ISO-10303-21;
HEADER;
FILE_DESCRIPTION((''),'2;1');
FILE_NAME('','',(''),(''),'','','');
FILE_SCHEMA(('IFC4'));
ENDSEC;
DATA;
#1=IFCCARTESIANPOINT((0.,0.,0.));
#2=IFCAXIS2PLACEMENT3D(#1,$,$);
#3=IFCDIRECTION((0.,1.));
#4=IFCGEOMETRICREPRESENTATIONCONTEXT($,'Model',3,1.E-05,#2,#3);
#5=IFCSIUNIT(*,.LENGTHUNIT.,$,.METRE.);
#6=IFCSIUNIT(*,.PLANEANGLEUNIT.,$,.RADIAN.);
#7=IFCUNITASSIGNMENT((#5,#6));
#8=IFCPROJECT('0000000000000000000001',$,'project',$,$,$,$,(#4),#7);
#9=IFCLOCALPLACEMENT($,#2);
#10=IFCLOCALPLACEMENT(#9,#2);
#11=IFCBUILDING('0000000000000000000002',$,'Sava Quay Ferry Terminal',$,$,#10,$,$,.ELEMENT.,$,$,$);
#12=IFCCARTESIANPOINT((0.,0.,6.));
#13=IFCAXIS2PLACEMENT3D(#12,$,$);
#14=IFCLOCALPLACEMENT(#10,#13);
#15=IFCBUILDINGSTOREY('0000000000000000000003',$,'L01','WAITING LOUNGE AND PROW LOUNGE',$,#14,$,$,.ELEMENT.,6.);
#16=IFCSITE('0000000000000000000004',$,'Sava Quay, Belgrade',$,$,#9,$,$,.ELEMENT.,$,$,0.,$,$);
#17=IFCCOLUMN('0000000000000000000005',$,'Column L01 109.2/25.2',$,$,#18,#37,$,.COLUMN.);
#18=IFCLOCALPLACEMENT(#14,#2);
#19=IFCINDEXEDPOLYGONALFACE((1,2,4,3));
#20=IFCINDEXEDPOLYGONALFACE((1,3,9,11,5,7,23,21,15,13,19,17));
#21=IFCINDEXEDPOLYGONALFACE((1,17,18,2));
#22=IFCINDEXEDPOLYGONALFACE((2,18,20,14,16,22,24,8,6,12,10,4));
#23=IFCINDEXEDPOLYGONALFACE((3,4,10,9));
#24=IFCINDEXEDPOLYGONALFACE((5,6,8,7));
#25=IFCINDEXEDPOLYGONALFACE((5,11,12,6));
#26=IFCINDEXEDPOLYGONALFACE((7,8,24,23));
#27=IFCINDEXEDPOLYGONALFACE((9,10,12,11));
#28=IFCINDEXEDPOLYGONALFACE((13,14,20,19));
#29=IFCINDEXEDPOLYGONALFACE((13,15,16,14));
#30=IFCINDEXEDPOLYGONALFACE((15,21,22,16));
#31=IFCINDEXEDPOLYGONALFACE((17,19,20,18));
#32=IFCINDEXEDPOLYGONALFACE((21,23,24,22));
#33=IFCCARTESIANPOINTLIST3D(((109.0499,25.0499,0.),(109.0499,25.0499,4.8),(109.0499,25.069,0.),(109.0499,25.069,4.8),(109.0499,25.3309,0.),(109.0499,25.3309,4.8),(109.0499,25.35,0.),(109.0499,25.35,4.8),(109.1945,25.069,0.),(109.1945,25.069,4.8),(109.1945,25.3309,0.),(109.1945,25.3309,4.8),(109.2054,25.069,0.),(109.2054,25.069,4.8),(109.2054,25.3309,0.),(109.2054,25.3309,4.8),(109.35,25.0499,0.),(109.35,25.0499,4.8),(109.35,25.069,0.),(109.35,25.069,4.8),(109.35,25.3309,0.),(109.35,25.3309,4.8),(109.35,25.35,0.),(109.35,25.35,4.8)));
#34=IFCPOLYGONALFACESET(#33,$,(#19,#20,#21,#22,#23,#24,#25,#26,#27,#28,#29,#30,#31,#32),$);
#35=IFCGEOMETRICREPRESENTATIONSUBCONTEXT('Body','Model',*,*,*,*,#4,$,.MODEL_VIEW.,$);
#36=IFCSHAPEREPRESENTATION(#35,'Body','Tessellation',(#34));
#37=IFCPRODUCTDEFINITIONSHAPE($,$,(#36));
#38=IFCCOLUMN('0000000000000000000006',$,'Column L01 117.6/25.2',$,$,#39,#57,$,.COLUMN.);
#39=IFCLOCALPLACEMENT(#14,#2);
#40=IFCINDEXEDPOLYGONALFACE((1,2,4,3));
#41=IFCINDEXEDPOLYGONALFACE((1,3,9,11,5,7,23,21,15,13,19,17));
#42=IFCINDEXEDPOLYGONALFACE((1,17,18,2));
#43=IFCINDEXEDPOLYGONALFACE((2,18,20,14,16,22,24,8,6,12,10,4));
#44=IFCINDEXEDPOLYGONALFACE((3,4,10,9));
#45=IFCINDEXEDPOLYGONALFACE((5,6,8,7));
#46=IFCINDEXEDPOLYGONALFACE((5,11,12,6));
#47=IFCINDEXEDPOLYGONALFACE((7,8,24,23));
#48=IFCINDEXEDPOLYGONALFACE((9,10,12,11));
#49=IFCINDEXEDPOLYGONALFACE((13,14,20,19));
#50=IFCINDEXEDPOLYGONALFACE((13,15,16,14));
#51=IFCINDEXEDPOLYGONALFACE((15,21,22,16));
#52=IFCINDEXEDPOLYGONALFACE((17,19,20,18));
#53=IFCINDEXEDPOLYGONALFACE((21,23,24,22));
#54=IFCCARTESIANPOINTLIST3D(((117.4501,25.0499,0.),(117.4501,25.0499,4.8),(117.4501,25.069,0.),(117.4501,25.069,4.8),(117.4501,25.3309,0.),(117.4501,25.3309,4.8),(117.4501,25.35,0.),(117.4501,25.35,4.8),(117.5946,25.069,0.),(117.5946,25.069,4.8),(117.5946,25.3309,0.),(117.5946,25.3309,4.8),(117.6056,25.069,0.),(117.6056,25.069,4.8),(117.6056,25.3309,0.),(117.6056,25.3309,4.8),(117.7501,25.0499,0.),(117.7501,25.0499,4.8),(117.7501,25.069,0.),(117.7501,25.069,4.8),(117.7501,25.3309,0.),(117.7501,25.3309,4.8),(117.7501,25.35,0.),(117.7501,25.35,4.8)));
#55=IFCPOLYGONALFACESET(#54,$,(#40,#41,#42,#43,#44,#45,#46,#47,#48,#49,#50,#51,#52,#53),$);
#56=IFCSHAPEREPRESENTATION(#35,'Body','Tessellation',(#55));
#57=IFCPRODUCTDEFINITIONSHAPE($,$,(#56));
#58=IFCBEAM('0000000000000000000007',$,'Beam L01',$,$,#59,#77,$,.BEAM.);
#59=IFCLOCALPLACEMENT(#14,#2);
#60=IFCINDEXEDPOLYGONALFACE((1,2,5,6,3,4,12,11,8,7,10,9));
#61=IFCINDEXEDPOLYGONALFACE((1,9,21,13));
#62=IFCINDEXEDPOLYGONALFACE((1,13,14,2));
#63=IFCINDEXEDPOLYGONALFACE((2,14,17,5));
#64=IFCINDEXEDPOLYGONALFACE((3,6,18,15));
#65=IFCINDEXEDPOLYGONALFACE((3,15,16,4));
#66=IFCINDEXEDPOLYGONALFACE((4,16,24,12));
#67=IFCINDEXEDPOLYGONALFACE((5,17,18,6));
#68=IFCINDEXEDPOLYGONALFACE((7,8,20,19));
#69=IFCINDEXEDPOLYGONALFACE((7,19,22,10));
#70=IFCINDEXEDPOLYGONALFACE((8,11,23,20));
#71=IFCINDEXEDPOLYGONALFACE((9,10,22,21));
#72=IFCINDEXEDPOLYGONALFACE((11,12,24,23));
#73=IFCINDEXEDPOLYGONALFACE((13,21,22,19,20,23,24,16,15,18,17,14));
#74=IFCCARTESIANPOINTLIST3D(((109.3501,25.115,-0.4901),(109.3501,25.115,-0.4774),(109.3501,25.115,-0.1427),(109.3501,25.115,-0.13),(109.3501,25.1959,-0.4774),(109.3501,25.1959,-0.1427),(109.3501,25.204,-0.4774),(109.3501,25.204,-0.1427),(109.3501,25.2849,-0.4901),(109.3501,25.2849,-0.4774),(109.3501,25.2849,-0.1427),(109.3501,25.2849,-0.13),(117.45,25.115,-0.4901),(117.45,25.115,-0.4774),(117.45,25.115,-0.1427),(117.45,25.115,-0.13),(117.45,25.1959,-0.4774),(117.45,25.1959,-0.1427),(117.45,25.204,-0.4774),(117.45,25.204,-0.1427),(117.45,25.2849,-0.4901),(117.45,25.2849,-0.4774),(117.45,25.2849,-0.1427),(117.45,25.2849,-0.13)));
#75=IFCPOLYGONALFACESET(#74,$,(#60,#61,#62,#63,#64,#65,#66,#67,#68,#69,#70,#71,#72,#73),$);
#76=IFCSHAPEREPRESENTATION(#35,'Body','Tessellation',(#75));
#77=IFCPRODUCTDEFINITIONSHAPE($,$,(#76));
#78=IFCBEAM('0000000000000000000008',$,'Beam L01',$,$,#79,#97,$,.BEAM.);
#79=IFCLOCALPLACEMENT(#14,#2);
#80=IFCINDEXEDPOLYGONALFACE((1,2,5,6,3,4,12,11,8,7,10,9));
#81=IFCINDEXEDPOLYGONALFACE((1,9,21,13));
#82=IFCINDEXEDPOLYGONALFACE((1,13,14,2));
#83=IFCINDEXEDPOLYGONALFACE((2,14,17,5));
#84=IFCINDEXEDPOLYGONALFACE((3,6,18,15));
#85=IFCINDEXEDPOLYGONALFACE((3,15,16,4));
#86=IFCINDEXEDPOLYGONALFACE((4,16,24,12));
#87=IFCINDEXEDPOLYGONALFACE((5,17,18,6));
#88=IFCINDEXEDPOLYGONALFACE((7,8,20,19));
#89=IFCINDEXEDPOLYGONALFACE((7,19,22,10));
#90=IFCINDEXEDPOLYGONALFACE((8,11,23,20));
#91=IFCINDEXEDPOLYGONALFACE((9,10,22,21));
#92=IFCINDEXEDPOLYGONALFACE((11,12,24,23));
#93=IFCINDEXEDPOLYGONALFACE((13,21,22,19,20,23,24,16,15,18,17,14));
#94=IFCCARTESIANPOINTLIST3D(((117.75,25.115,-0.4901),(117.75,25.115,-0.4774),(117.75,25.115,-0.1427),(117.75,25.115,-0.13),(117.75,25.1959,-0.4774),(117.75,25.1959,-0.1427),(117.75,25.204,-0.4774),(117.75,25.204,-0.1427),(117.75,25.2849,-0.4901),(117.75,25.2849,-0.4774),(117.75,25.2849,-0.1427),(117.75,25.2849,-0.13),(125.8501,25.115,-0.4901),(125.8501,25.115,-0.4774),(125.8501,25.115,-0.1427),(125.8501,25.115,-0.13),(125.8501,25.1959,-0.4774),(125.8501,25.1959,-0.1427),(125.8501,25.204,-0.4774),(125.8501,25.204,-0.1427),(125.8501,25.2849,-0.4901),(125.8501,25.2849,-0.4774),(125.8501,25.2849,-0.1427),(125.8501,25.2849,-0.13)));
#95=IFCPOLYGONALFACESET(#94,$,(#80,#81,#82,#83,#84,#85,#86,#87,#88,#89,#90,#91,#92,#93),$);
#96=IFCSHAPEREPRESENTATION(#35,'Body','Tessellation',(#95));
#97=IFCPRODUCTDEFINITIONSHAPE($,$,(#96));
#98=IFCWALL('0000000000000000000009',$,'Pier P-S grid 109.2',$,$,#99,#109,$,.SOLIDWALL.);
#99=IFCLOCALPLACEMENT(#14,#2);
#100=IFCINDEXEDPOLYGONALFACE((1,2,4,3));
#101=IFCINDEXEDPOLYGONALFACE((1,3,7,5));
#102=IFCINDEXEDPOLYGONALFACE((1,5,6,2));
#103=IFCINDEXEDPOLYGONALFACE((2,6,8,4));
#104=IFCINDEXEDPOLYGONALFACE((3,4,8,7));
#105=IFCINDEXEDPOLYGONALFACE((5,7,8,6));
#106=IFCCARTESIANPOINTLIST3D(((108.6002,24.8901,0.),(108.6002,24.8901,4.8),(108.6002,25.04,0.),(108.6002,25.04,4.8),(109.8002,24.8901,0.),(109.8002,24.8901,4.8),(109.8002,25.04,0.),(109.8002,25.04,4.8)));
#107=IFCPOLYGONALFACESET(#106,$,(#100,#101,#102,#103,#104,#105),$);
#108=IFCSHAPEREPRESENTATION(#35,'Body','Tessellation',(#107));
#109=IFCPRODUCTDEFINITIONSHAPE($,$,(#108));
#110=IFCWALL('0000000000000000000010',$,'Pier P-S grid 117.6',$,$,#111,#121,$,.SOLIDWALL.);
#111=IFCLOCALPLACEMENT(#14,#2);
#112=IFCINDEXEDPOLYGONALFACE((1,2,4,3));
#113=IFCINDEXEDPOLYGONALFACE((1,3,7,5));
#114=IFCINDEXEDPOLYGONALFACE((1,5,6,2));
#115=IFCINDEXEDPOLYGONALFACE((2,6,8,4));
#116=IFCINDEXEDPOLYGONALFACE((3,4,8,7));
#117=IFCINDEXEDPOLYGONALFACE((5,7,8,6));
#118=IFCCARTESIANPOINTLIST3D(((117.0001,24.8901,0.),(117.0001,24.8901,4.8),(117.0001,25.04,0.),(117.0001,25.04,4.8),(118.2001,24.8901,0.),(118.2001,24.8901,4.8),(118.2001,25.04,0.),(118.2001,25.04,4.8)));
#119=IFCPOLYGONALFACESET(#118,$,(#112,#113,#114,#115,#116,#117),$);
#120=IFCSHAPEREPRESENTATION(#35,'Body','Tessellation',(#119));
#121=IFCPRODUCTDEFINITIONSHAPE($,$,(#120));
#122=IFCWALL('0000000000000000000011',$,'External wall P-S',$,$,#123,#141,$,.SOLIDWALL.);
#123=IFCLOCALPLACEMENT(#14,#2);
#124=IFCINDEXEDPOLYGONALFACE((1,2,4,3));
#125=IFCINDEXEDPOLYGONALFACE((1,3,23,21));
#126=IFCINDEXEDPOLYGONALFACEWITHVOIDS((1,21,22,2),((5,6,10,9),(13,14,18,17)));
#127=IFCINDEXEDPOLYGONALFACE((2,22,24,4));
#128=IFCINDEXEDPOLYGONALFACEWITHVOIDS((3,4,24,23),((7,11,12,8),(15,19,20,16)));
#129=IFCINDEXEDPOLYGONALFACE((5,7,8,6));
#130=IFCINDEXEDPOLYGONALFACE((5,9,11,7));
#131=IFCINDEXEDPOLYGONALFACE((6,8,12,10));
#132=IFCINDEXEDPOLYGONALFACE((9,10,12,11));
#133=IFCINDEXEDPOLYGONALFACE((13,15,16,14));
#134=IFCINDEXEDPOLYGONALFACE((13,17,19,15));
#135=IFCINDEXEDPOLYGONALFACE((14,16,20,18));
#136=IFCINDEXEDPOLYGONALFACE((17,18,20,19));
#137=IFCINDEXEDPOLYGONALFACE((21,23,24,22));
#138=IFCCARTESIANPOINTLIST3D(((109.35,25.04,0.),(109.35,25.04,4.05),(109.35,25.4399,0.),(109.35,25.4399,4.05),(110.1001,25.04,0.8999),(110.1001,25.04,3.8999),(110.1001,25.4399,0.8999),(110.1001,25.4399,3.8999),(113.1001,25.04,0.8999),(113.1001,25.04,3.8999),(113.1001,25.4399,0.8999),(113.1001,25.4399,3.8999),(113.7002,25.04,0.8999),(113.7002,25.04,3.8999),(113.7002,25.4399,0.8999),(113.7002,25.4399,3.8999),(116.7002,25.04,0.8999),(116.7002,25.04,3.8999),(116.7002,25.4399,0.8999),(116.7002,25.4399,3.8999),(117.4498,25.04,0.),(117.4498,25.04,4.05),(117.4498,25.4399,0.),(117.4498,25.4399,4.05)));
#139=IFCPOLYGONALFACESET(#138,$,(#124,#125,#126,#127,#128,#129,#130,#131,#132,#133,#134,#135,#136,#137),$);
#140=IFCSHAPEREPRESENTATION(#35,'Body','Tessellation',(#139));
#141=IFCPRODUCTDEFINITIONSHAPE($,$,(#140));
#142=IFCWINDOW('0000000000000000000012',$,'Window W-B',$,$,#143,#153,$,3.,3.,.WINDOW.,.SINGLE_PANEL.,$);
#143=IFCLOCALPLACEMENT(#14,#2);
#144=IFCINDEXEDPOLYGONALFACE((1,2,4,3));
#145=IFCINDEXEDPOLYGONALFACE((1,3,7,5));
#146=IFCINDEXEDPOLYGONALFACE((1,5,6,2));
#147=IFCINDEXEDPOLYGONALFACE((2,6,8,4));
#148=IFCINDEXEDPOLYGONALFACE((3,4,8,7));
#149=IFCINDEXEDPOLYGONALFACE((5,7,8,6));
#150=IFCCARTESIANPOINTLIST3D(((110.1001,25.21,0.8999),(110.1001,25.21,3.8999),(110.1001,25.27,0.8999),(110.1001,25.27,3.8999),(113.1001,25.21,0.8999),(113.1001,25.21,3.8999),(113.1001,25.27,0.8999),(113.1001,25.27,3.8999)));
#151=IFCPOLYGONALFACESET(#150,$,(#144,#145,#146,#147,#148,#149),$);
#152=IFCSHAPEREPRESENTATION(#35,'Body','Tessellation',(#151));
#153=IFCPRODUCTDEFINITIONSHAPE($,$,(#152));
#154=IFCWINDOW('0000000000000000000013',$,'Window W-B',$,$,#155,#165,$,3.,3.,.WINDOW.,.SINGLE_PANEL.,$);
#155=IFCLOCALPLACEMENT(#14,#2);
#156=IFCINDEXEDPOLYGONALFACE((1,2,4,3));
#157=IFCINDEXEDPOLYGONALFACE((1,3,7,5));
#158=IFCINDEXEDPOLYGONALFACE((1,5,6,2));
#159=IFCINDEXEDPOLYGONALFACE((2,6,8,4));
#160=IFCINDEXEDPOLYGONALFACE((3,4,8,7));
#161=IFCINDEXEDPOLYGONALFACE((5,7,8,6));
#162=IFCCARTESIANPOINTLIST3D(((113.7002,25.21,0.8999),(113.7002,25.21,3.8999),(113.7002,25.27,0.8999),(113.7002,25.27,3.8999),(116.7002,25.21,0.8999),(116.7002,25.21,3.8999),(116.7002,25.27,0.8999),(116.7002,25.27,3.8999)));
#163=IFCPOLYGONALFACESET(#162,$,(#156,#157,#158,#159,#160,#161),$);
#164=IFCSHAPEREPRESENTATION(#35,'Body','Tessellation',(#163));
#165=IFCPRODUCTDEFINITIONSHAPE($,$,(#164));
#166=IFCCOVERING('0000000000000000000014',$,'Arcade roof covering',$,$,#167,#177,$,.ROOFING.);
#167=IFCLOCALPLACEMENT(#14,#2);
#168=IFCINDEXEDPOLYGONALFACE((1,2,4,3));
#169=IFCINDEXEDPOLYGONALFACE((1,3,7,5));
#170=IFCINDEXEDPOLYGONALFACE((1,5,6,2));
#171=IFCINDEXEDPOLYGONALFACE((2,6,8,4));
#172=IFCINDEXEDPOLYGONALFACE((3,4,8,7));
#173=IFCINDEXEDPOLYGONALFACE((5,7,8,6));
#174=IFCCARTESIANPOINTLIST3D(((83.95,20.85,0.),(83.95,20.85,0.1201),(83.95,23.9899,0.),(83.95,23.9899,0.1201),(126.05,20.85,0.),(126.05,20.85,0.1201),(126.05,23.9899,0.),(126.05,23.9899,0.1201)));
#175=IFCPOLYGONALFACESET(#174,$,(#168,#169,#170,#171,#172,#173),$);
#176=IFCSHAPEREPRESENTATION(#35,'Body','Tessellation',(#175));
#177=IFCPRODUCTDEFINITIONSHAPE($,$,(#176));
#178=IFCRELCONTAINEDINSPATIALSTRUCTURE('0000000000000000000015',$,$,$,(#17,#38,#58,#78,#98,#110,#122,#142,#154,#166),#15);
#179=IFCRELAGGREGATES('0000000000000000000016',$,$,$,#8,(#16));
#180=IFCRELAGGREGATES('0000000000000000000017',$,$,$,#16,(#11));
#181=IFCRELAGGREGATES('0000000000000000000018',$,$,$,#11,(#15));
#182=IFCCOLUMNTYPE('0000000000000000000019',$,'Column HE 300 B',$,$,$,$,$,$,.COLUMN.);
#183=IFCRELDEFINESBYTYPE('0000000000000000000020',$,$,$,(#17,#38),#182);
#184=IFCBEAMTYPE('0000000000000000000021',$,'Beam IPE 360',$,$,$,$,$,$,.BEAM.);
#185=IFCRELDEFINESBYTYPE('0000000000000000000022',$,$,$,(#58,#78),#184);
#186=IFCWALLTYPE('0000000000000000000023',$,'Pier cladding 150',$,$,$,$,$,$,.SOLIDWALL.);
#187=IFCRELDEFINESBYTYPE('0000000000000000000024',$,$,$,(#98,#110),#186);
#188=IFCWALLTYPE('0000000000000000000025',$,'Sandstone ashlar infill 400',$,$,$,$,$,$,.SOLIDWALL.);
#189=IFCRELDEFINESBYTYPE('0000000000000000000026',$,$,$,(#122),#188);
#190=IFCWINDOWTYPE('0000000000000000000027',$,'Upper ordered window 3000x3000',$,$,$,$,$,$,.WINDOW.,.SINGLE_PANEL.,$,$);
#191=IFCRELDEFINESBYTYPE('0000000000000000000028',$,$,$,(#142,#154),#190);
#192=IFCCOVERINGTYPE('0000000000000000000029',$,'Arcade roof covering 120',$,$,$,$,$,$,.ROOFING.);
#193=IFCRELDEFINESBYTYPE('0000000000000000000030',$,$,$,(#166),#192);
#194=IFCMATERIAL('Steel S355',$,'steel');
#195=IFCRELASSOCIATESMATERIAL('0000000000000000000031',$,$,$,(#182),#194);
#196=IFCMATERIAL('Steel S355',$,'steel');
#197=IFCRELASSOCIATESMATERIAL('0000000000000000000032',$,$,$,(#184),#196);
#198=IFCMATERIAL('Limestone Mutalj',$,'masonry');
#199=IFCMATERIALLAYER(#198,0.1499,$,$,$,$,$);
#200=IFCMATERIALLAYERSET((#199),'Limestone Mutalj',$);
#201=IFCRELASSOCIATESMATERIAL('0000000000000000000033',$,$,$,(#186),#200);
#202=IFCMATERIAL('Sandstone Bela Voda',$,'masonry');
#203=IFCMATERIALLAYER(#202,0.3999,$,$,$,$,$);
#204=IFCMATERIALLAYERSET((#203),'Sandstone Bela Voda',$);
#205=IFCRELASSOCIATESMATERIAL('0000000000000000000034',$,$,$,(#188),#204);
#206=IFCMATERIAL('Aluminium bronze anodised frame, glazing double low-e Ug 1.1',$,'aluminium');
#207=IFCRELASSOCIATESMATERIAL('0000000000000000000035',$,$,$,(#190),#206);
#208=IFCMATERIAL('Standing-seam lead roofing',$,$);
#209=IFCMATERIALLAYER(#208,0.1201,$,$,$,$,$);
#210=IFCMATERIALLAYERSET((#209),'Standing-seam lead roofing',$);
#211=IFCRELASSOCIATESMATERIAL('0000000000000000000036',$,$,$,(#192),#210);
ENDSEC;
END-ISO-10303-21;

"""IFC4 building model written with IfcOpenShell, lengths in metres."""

from ifc_helpers import new_model, si_unit, direction, frame, frame_2d, origin, origin_2d, place, context, subcontext, project, spatial, rectangle, i_section, extrude, material, layer, layer_set, material_profile, profile_set, type_object, element, fill, save


model = new_model("IFC4")

# Units and contexts
model_context = context("Model", 3, precision=1e-05, world=origin(), true_north=direction((0.0, 1.0)))
body_context = subcontext(model_context, "Body", "Model", "MODEL_VIEW")
ifc_project = project(units=[si_unit("LENGTHUNIT", "METRE"), si_unit("PLANEANGLEUNIT", "RADIAN")], contexts=[model_context])

# Site, building, storey
site_placement = place(None, origin())
site = spatial("IfcSite", under=ifc_project, at=site_placement, Name="Sava Quay, Belgrade", CompositionType="ELEMENT", RefElevation=0.0)
building_placement = place(site_placement, origin())
building = spatial("IfcBuilding", under=site, at=building_placement, Name="Sava Quay Ferry Terminal", CompositionType="ELEMENT")
storey_placement = place(building_placement, frame((0.0, 0.0, 6.0)))
storey = spatial("IfcBuildingStorey", under=building, at=storey_placement, Name="L01", Description="WAITING LOUNGE AND PROW LOUNGE", CompositionType="ELEMENT", Elevation=6.0)

# Columns
ifc_material_1 = material(Name="Steel S355", Category="steel")
ifc_material_profile_1 = material_profile(ifc_material_1, i_section(OverallWidth=0.3, OverallDepth=0.3, WebThickness=0.011, FlangeThickness=0.019, at=origin_2d()), Name="HE 300 B")
ifc_profile_set_1 = profile_set([ifc_material_profile_1], Name="Steel S355")
column_type = type_object("IfcColumnType", Name="Column HE 300 B", PredefinedType="COLUMN", material=ifc_profile_set_1)
for number, where, z_axis, x_axis, name in (
    (1, (109.2, 25.2, 0.0), (0.0, 0.0, 1.0), (1.0, 0.0, 0.0), "Column L01 109.2/25.2"),
    (2, (117.6001, 25.2, 0.0), (0.0, 0.0, 1.0), (1.0, 0.0, 0.0), "Column L01 117.6/25.2"),
):
    element("IfcColumn", number, at=place(storey_placement, frame(where, z_axis=z_axis, x_axis=x_axis)), inside=storey, type_object=column_type, Name=name, PredefinedType="COLUMN", context=body_context, shape_type="SweptSolid", body=[
        extrude(i_section(OverallWidth=0.3, OverallDepth=0.3, WebThickness=0.011, FlangeThickness=0.019, at=origin_2d()), origin(), (0.0, 0.0, 1.0), 4.8),
    ])

# Beams
ifc_material_2 = material(Name="Steel S355", Category="steel")
ifc_material_profile_2 = material_profile(ifc_material_2, i_section(OverallWidth=0.1699, OverallDepth=0.3601, WebThickness=0.0081, FlangeThickness=0.0127, at=origin_2d()), Name="IPE 360")
ifc_profile_set_2 = profile_set([ifc_material_profile_2], Name="Steel S355")
beam_type = type_object("IfcBeamType", Name="Beam IPE 360", PredefinedType="BEAM", material=ifc_profile_set_2)
beam_1_placement = place(storey_placement, frame((109.3501, 25.2, -0.3101), z_axis=(1.0, 0.0, 0.0), x_axis=(0.0, 1.0, 0.0)))
element("IfcBeam", 3, at=beam_1_placement, inside=storey, type_object=beam_type, Name="Beam L01", PredefinedType="BEAM", context=body_context, shape_type="SweptSolid", body=[
    extrude(i_section(OverallWidth=0.1699, OverallDepth=0.3601, WebThickness=0.0081, FlangeThickness=0.0127, at=origin_2d()), origin(), (0.0, 0.0, 1.0), 8.0999),
])
beam_2_placement = place(storey_placement, frame((117.75, 25.2, -0.3101), z_axis=(1.0, 0.0, 0.0), x_axis=(0.0, 1.0, 0.0)))
element("IfcBeam", 4, at=beam_2_placement, inside=storey, type_object=beam_type, Name="Beam L01", PredefinedType="BEAM", context=body_context, shape_type="SweptSolid", body=[
    extrude(i_section(OverallWidth=0.1699, OverallDepth=0.3601, WebThickness=0.0081, FlangeThickness=0.0127, at=origin_2d()), origin(), (0.0, 0.0, 1.0), 8.1001),
])

# Walls
ifc_material_3 = material(Name="Limestone Mutalj", Category="masonry")
ifc_layer_1 = layer(ifc_material_3, 0.1499)
ifc_layer_set_1 = layer_set([ifc_layer_1], Name="Limestone Mutalj")
wall_type_1 = type_object("IfcWallType", Name="Pier cladding 150", PredefinedType="SOLIDWALL", material=ifc_layer_set_1)
for number, where, z_axis, x_axis, name in (
    (5, (108.6001, 24.9651, 0.0), (0.0, 0.0, 1.0), (1.0, 0.0, 0.0), "Pier P-S grid 109.2"),
    (6, (117.0, 24.9651, 0.0), (0.0, 0.0, 1.0), (1.0, 0.0, 0.0), "Pier P-S grid 117.6"),
):
    element("IfcWall", number, at=place(storey_placement, frame(where, z_axis=z_axis, x_axis=x_axis)), inside=storey, type_object=wall_type_1, Name=name, PredefinedType="SOLIDWALL", context=body_context, shape_type="SweptSolid", body=[
        extrude(rectangle(XDim=1.2, YDim=0.1499, at=frame_2d((0.6001, 0.0))), origin(), (0.0, 0.0, 1.0), 4.8),
    ])

# Wall, openings, windows
ifc_material_4 = material(Name="Sandstone Bela Voda", Category="masonry")
ifc_layer_2 = layer(ifc_material_4, 0.3999)
ifc_layer_set_2 = layer_set([ifc_layer_2], Name="Sandstone Bela Voda")
wall_type_2 = type_object("IfcWallType", Name="Sandstone ashlar infill 400", PredefinedType="SOLIDWALL", material=ifc_layer_set_2)
wall_placement = place(storey_placement, frame((109.3501, 25.24, 0.0), z_axis=(0.0, 0.0, 1.0), x_axis=(1.0, 0.0, 0.0)))
wall = element("IfcWall", 7, at=wall_placement, inside=storey, type_object=wall_type_2, Name="External wall P-S", PredefinedType="SOLIDWALL", context=body_context, shape_type="SweptSolid", body=[
    extrude(rectangle(XDim=8.0999, YDim=0.3999, at=frame_2d((4.0498, 0.0))), origin(), (0.0, 0.0, 1.0), 4.05),
])
opening_1_placement = place(wall_placement, frame((0.75, 0.0, 0.8999)))
opening_1 = element("IfcOpeningElement", 8, at=opening_1_placement, cuts=wall, PredefinedType="OPENING", context=body_context, shape_type="SweptSolid", body=[
    extrude(rectangle(XDim=3.0, YDim=3.0, at=frame_2d((1.5, 1.5))), frame((0.0, 0.2, 0.0), z_axis=(0.0, -1.0, 0.0), x_axis=(1.0, 0.0, 0.0)), (0.0, 0.0, 1.0), 0.3999),
])
opening_2_placement = place(wall_placement, frame((4.3501, 0.0, 0.8999)))
opening_2 = element("IfcOpeningElement", 9, at=opening_2_placement, cuts=wall, PredefinedType="OPENING", context=body_context, shape_type="SweptSolid", body=[
    extrude(rectangle(XDim=3.0, YDim=3.0, at=frame_2d((1.5, 1.5))), frame((0.0, 0.2, 0.0), z_axis=(0.0, -1.0, 0.0), x_axis=(1.0, 0.0, 0.0)), (0.0, 0.0, 1.0), 0.3999),
])
ifc_material_5 = material(Name="Aluminium bronze anodised frame, glazing double low-e Ug 1.1", Category="aluminium")
window_type = type_object("IfcWindowType", Name="Upper ordered window 3000x3000", PartitioningType="SINGLE_PANEL", PredefinedType="WINDOW", material=ifc_material_5)
window_1_placement = place(opening_1_placement, origin())
window_1 = element("IfcWindow", 10, at=window_1_placement, inside=storey, type_object=window_type, Name="Window W-B", OverallHeight=3.0, OverallWidth=3.0, PartitioningType="SINGLE_PANEL", PredefinedType="WINDOW", context=body_context, shape_type="SweptSolid", body=[
    extrude(rectangle(XDim=3.0, YDim=3.0, at=frame_2d((1.5, 1.5))), frame((0.0, 0.03, 0.0), z_axis=(0.0, -1.0, 0.0), x_axis=(1.0, 0.0, 0.0)), (0.0, 0.0, 1.0), 0.0601),
])
fill(opening_1, window_1)
window_2_placement = place(opening_2_placement, origin())
window_2 = element("IfcWindow", 11, at=window_2_placement, inside=storey, type_object=window_type, Name="Window W-B", OverallHeight=3.0, OverallWidth=3.0, PartitioningType="SINGLE_PANEL", PredefinedType="WINDOW", context=body_context, shape_type="SweptSolid", body=[
    extrude(rectangle(XDim=3.0, YDim=3.0, at=frame_2d((1.5, 1.5))), frame((0.0, 0.03, 0.0), z_axis=(0.0, -1.0, 0.0), x_axis=(1.0, 0.0, 0.0)), (0.0, 0.0, 1.0), 0.0601),
])
fill(opening_2, window_2)

# Covering
ifc_material_6 = material(Name="Standing-seam lead roofing")
ifc_layer_3 = layer(ifc_material_6, 0.1201)
ifc_layer_set_3 = layer_set([ifc_layer_3], Name="Standing-seam lead roofing")
covering_type_1 = type_object("IfcCoveringType", Name="Arcade roof covering 120", PredefinedType="ROOFING", material=ifc_layer_set_3)
covering_1_placement = place(storey_placement, frame((105.0, 22.4199, 0.0), z_axis=(0.0, 0.0, 1.0), x_axis=(1.0, 0.0, 0.0)))
element("IfcCovering", 12, at=covering_1_placement, inside=storey, type_object=covering_type_1, Name="Arcade roof covering", PredefinedType="ROOFING", context=body_context, shape_type="SweptSolid", body=[
    extrude(rectangle(XDim=42.1001, YDim=3.1399, at=origin_2d()), origin(), (0.0, 0.0, 1.0), 0.1201),
])

save(model, "model.ifc")
